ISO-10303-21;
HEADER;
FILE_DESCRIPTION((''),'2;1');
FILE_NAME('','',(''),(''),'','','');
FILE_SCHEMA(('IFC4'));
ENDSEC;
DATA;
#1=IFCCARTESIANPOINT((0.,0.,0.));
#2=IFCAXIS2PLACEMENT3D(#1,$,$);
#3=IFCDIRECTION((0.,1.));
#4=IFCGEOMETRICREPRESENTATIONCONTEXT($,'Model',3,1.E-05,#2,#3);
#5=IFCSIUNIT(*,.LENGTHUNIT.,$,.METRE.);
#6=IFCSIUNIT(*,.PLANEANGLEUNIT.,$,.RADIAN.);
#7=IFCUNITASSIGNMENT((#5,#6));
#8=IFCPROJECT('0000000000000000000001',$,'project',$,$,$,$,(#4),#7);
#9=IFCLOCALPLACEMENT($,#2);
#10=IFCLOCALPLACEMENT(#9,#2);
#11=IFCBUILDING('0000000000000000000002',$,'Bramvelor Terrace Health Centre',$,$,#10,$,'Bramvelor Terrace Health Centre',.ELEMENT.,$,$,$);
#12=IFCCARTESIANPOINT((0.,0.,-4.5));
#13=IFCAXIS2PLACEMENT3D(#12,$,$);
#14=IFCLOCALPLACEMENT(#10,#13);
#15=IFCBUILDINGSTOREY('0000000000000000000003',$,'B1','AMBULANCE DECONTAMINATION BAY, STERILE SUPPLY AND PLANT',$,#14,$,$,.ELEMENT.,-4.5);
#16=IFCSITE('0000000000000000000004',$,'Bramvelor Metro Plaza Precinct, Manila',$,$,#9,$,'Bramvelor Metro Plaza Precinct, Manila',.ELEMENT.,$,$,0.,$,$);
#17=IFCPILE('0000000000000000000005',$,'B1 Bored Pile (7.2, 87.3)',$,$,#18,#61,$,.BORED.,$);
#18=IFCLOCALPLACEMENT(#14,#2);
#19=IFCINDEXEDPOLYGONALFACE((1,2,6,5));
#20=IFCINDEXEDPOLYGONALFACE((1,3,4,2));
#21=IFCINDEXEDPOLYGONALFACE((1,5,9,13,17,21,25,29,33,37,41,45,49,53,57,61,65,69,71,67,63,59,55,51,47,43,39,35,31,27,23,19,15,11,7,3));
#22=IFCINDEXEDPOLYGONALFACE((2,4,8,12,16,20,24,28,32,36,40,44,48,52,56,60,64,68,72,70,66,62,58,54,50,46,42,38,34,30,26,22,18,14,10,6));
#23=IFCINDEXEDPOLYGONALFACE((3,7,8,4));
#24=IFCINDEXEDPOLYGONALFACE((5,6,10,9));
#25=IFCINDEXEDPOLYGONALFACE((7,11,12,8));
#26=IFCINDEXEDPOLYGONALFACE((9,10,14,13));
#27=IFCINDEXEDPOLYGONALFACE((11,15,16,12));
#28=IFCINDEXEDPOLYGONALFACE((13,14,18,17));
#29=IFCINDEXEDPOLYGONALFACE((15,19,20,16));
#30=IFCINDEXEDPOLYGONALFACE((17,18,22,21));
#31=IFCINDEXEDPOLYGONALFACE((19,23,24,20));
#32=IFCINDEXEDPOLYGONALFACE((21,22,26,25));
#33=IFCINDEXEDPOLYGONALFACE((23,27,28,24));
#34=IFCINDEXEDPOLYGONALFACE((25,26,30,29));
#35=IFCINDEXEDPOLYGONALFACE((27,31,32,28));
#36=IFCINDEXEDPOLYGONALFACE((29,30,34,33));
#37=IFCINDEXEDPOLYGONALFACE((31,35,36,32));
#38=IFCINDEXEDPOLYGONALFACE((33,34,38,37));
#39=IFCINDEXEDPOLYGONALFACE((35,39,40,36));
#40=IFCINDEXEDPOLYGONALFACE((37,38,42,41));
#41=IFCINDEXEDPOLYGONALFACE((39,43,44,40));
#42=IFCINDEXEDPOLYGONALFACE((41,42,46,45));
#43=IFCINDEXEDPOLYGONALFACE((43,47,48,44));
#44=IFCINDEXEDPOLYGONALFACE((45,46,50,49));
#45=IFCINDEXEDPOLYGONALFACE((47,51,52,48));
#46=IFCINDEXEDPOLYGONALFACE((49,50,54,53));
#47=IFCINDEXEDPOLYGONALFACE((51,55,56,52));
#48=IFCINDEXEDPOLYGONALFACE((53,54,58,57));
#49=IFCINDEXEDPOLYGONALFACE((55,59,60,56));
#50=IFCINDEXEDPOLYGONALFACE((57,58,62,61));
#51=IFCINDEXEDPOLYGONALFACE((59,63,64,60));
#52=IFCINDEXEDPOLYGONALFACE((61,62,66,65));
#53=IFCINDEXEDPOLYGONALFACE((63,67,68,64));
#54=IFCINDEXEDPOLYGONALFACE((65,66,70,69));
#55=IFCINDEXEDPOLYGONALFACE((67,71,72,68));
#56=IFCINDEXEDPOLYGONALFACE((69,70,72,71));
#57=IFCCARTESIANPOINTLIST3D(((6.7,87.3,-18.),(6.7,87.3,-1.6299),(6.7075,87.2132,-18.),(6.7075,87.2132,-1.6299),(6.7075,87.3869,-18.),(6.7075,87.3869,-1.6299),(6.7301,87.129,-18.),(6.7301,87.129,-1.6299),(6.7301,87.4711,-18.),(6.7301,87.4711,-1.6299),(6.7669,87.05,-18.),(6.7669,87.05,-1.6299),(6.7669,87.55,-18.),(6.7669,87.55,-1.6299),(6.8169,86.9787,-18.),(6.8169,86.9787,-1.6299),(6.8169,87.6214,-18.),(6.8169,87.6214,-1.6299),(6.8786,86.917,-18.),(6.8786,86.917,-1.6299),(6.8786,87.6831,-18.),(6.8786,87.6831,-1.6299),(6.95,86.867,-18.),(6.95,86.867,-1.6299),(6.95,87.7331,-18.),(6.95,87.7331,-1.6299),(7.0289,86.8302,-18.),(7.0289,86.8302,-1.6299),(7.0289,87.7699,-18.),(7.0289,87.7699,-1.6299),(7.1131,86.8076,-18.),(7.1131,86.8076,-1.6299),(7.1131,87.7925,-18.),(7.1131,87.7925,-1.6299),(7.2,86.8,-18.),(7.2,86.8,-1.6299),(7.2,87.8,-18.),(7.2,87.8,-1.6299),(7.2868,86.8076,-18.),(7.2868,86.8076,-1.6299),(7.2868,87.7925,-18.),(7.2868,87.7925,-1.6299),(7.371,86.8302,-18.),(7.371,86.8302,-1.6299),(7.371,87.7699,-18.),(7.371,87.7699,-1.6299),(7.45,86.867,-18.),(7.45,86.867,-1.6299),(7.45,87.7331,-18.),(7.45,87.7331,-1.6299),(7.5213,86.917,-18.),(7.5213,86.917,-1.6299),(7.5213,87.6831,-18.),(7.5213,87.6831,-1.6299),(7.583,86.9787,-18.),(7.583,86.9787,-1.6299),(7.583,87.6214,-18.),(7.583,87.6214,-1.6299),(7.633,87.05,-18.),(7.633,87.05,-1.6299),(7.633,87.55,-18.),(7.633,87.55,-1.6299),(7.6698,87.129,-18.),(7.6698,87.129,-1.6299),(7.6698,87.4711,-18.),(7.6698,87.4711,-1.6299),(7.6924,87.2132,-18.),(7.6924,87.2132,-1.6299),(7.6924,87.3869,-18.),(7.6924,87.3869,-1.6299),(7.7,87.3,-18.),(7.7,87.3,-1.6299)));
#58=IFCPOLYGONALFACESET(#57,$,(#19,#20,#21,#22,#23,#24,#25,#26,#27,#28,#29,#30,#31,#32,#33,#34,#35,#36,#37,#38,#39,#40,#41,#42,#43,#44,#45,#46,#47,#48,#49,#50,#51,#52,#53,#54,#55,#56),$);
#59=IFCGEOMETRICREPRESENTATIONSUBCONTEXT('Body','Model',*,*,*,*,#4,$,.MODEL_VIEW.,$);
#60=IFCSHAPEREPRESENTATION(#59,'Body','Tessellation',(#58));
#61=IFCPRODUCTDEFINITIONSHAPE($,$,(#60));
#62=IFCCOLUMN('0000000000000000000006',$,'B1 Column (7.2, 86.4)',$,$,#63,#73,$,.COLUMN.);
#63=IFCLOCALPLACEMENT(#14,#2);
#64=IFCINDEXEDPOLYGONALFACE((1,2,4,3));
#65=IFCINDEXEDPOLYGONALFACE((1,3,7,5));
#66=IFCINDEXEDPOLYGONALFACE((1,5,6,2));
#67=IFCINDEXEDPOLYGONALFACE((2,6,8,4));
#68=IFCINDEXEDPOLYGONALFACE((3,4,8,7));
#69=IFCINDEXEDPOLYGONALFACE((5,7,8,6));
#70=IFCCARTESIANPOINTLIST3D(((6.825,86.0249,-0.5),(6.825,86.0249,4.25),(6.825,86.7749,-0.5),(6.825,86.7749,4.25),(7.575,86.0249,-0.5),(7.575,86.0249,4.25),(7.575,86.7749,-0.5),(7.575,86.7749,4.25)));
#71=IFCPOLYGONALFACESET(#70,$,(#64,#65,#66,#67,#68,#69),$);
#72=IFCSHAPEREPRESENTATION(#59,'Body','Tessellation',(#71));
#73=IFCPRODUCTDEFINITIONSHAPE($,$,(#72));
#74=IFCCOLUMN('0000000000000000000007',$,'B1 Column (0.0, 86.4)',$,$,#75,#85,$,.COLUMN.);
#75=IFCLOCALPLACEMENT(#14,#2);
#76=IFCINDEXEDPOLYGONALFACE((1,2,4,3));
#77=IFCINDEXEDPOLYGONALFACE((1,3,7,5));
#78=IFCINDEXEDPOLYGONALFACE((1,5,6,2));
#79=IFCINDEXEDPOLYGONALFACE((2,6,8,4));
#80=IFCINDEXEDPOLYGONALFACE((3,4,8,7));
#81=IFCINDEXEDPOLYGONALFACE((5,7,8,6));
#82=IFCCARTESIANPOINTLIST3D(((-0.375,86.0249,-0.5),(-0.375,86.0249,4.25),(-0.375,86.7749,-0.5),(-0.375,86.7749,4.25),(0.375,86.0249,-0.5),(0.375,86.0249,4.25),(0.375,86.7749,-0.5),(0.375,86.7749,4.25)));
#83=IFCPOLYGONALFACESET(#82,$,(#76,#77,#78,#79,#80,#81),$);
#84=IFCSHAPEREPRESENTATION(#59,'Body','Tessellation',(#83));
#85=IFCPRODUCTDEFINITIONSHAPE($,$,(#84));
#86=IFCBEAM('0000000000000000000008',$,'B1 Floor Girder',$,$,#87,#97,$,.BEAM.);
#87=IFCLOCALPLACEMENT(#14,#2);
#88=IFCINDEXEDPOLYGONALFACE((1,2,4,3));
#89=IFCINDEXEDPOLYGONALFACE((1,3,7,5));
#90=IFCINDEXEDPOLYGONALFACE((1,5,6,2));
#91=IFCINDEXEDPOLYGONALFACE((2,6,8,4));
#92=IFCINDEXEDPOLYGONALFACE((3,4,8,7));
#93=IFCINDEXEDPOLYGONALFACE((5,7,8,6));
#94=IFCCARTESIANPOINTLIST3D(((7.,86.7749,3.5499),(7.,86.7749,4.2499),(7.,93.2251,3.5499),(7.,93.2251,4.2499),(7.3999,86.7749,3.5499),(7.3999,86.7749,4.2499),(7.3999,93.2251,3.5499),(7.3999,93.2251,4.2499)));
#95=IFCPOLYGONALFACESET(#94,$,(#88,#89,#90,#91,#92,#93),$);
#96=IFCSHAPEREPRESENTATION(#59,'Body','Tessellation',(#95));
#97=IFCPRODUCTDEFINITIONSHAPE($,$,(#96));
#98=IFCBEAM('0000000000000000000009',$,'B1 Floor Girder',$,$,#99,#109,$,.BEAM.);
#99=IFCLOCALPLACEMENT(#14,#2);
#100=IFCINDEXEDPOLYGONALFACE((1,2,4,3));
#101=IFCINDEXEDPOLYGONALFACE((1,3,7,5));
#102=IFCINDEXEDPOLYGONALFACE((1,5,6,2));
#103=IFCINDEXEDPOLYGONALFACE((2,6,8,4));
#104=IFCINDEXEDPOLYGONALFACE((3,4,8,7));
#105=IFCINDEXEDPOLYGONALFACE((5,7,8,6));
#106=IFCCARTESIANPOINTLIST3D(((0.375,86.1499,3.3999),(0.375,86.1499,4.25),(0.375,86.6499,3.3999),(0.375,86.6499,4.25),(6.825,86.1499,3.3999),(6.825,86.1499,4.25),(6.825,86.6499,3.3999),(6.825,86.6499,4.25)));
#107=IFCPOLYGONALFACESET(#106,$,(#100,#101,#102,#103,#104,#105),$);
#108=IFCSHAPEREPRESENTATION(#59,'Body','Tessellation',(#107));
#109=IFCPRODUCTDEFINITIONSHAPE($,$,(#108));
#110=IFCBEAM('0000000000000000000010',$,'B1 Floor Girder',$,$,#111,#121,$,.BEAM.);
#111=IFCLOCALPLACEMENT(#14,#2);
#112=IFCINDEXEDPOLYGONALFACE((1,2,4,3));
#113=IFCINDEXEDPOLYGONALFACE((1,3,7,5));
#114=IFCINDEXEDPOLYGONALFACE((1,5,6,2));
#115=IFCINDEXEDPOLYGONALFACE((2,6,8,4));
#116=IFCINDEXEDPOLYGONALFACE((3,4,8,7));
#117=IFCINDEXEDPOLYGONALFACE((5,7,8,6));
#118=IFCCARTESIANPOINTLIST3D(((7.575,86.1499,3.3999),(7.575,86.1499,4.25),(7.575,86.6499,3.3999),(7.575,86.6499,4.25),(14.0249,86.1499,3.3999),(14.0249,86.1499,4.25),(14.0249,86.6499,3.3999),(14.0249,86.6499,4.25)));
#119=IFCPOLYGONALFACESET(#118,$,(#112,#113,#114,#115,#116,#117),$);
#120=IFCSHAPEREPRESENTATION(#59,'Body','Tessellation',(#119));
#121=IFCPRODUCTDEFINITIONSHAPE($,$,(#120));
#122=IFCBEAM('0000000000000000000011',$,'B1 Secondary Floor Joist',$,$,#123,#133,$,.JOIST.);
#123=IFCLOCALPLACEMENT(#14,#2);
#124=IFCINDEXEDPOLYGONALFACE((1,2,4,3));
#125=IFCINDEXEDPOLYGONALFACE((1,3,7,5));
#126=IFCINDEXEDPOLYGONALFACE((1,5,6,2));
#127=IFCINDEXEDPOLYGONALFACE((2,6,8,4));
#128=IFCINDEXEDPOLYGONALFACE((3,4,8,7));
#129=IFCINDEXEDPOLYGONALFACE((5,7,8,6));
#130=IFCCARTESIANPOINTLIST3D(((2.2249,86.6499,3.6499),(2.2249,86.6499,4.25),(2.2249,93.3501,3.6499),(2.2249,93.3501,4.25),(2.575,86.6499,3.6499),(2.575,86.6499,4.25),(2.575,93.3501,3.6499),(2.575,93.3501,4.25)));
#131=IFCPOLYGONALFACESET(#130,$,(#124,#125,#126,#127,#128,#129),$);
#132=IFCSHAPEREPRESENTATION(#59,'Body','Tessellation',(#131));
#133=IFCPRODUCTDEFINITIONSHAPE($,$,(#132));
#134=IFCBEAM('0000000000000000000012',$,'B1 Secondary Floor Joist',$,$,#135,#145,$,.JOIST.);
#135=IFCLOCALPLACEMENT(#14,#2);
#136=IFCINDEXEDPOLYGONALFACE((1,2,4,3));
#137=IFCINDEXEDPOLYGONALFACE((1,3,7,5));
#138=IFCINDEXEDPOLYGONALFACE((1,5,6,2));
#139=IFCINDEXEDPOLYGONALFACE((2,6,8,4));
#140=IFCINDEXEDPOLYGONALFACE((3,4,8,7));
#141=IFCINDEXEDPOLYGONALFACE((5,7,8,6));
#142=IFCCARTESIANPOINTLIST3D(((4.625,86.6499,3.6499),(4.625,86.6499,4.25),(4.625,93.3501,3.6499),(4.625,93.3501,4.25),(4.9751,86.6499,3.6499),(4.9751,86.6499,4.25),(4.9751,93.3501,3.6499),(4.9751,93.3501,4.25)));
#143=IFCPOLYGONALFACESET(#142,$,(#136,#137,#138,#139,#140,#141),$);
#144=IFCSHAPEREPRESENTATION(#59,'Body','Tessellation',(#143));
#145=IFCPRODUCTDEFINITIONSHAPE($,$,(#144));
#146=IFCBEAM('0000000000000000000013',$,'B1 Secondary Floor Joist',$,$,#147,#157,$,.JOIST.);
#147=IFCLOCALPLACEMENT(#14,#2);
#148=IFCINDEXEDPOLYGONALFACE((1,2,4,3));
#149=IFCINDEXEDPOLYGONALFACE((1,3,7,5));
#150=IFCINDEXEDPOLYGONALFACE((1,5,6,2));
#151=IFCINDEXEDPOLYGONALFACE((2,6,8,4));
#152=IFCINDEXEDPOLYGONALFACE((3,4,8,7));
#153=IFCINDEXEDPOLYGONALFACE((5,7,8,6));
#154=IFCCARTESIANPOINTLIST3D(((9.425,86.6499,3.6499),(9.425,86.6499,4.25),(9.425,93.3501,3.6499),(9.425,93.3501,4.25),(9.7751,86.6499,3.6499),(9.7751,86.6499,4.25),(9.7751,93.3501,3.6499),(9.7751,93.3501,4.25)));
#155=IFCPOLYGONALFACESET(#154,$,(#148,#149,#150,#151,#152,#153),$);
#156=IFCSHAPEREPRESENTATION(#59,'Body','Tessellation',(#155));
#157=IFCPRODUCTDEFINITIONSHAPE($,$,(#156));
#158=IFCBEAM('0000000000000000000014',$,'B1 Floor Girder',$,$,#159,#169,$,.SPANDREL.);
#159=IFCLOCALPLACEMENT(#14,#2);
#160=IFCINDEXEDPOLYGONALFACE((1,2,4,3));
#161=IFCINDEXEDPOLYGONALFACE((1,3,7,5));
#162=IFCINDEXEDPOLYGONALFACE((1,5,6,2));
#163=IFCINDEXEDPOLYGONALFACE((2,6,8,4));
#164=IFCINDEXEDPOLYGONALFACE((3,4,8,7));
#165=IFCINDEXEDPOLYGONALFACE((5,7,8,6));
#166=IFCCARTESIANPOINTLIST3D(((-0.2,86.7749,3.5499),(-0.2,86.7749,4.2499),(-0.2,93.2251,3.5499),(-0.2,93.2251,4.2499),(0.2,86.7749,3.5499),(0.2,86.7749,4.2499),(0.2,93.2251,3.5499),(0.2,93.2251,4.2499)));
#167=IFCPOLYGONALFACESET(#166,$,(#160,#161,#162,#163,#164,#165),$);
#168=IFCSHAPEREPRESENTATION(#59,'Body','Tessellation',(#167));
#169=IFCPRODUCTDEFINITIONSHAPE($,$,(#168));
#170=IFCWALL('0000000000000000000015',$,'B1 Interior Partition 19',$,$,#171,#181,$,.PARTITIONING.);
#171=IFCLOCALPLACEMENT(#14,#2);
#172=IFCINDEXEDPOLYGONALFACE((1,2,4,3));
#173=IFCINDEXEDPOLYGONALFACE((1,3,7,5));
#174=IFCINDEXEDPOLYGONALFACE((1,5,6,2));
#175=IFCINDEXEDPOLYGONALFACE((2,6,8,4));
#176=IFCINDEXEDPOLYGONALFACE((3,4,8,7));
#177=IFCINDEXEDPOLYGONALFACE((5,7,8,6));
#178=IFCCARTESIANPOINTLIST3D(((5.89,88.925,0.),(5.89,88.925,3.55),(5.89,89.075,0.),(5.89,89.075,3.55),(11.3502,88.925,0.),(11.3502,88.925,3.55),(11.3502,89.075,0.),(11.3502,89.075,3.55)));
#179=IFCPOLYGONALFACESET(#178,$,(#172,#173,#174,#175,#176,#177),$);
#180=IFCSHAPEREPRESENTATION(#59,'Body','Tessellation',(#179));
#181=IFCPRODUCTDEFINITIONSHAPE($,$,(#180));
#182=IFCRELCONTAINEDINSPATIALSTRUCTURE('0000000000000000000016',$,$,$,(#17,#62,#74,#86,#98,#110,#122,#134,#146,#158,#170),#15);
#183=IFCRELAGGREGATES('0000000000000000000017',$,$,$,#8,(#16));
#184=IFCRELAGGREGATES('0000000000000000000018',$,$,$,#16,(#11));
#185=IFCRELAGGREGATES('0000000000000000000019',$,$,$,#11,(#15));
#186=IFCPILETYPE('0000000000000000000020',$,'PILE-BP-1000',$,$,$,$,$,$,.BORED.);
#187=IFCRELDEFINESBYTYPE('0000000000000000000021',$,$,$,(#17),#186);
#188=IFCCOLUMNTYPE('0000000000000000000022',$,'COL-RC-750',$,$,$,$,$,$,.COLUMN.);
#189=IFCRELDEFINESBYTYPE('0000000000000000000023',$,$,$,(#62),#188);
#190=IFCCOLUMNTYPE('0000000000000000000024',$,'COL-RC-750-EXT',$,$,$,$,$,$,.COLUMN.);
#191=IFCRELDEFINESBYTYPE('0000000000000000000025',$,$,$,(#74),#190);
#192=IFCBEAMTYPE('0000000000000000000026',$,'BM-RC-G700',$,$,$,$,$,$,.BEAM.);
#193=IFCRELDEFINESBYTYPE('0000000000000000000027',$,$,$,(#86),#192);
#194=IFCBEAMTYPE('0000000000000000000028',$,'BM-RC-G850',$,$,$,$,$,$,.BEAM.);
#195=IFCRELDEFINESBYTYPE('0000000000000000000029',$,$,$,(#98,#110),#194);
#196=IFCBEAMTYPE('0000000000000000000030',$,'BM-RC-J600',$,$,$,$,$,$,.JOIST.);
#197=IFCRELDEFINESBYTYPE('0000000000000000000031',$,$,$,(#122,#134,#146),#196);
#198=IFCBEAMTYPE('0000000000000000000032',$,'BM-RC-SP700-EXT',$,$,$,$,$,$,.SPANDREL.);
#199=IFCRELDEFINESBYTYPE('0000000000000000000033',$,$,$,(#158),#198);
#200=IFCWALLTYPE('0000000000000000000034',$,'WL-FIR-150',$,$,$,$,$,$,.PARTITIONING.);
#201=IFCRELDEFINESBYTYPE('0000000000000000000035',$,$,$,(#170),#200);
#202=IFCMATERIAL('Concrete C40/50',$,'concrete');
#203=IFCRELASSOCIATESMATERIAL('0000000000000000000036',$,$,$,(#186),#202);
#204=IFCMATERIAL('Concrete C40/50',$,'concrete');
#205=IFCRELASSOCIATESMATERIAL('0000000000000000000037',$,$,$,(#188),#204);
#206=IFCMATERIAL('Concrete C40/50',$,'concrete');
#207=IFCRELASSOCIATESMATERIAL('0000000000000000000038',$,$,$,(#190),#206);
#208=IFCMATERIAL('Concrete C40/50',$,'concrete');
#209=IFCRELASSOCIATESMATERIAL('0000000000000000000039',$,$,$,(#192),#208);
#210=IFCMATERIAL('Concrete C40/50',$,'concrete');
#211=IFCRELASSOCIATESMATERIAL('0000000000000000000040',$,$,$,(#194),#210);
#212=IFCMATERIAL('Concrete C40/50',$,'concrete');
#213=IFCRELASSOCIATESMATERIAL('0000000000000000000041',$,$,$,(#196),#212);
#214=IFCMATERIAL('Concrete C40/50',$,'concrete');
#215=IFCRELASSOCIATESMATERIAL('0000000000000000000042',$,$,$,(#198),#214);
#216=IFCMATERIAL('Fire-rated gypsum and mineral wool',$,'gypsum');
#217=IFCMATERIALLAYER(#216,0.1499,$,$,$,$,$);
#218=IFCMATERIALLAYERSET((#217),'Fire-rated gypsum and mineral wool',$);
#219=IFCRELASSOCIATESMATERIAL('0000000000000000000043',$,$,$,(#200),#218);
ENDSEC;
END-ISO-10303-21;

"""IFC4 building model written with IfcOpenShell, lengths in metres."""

from ifc_helpers import new_model, si_unit, direction, frame, frame_2d, origin, origin_2d, place, context, subcontext, project, spatial, rectangle, circle, extrude, material, layer, layer_set, material_profile, profile_set, type_object, element, save


model = new_model("IFC4")

# Units and contexts
model_context = context("Model", 3, precision=1e-05, world=origin(), true_north=direction((0.0, 1.0)))
body_context = subcontext(model_context, "Body", "Model", "MODEL_VIEW")
ifc_project = project(units=[si_unit("LENGTHUNIT", "METRE"), si_unit("PLANEANGLEUNIT", "RADIAN")], contexts=[model_context])

# Site, building, storey
site_placement = place(None, origin())
site = spatial("IfcSite", under=ifc_project, at=site_placement, Name="Bramvelor Metro Plaza Precinct, Manila", LongName="Bramvelor Metro Plaza Precinct, Manila", CompositionType="ELEMENT", RefElevation=0.0)
building_placement = place(site_placement, origin())
building = spatial("IfcBuilding", under=site, at=building_placement, Name="Bramvelor Terrace Health Centre", LongName="Bramvelor Terrace Health Centre", CompositionType="ELEMENT")
storey_placement = place(building_placement, frame((0.0, 0.0, -4.5)))
storey = spatial("IfcBuildingStorey", under=building, at=storey_placement, Name="B1", Description="AMBULANCE DECONTAMINATION BAY, STERILE SUPPLY AND PLANT", CompositionType="ELEMENT", Elevation=-4.5)

# Pile
ifc_material_1 = material(Name="Concrete C40/50", Category="concrete")
ifc_material_profile_1 = material_profile(ifc_material_1, circle(Radius=0.5, at=origin_2d()), Name="BP D1000")
ifc_profile_set_1 = profile_set([ifc_material_profile_1], Name="Concrete C40/50")
pile_type = type_object("IfcPileType", Name="PILE-BP-1000", PredefinedType="BORED", material=ifc_profile_set_1)
for number, where, z_axis, x_axis, name in (
    (1, (7.2, 87.3, -1.6299), (0.0, 0.0, -1.0), (1.0, 0.0, 0.0), "B1 Bored Pile (7.2, 87.3)"),
):
    element("IfcPile", number, at=place(storey_placement, frame(where, z_axis=z_axis, x_axis=x_axis)), inside=storey, type_object=pile_type, Name=name, PredefinedType="BORED", context=body_context, shape_type="SweptSolid", body=[
        extrude(circle(Radius=0.5, at=origin_2d()), origin(), (0.0, 0.0, 1.0), 16.3701),
    ])

# Columns
ifc_material_2 = material(Name="Concrete C40/50", Category="concrete")
ifc_material_profile_2 = material_profile(ifc_material_2, rectangle(XDim=0.75, YDim=0.75, at=origin_2d()), Name="RC 750x750")
ifc_profile_set_2 = profile_set([ifc_material_profile_2], Name="Concrete C40/50")
column_type_1 = type_object("IfcColumnType", Name="COL-RC-750", PredefinedType="COLUMN", material=ifc_profile_set_2)
column_1_placement = place(storey_placement, frame((7.2, 86.3999, -0.5), z_axis=(0.0, 0.0, 1.0), x_axis=(1.0, 0.0, 0.0)))
element("IfcColumn", 2, at=column_1_placement, inside=storey, type_object=column_type_1, Name="B1 Column (7.2, 86.4)", PredefinedType="COLUMN", context=body_context, shape_type="SweptSolid", body=[
    extrude(rectangle(XDim=0.75, YDim=0.75, at=origin_2d()), origin(), (0.0, 0.0, 1.0), 4.75),
])
ifc_material_3 = material(Name="Concrete C40/50", Category="concrete")
ifc_material_profile_3 = material_profile(ifc_material_3, rectangle(XDim=0.75, YDim=0.75, at=origin_2d()), Name="RC 750x750")
ifc_profile_set_3 = profile_set([ifc_material_profile_3], Name="Concrete C40/50")
column_type_2 = type_object("IfcColumnType", Name="COL-RC-750-EXT", PredefinedType="COLUMN", material=ifc_profile_set_3)
column_2_placement = place(storey_placement, frame((0.0, 86.3999, -0.5), z_axis=(0.0, 0.0, 1.0), x_axis=(1.0, 0.0, 0.0)))
element("IfcColumn", 3, at=column_2_placement, inside=storey, type_object=column_type_2, Name="B1 Column (0.0, 86.4)", PredefinedType="COLUMN", context=body_context, shape_type="SweptSolid", body=[
    extrude(rectangle(XDim=0.75, YDim=0.75, at=origin_2d()), origin(), (0.0, 0.0, 1.0), 4.75),
])

# Beams
ifc_material_4 = material(Name="Concrete C40/50", Category="concrete")
ifc_material_profile_4 = material_profile(ifc_material_4, rectangle(XDim=0.3999, YDim=0.7, at=origin_2d()), Name="RC 400x700")
ifc_profile_set_4 = profile_set([ifc_material_profile_4], Name="Concrete C40/50")
beam_type_1 = type_object("IfcBeamType", Name="BM-RC-G700", PredefinedType="BEAM", material=ifc_profile_set_4)
beam_1_placement = place(storey_placement, frame((7.2, 86.7749, 3.8999), z_axis=(0.0, 1.0, 0.0), x_axis=(-1.0, 0.0, 0.0)))
element("IfcBeam", 4, at=beam_1_placement, inside=storey, type_object=beam_type_1, Name="B1 Floor Girder", PredefinedType="BEAM", context=body_context, shape_type="SweptSolid", body=[
    extrude(rectangle(XDim=0.3999, YDim=0.7, at=origin_2d()), origin(), (0.0, 0.0, 1.0), 6.4502),
])
ifc_material_5 = material(Name="Concrete C40/50", Category="concrete")
ifc_material_profile_5 = material_profile(ifc_material_5, rectangle(XDim=0.5, YDim=0.8501, at=origin_2d()), Name="RC 500x850")
ifc_profile_set_5 = profile_set([ifc_material_profile_5], Name="Concrete C40/50")
beam_type_2 = type_object("IfcBeamType", Name="BM-RC-G850", PredefinedType="BEAM", material=ifc_profile_set_5)
for number, where, z_axis, x_axis, name in (
    (5, (0.375, 86.3999, 3.825), (1.0, 0.0, 0.0), (0.0, 1.0, 0.0), "B1 Floor Girder"),
    (6, (7.575, 86.3999, 3.825), (1.0, 0.0, 0.0), (0.0, 1.0, 0.0), "B1 Floor Girder"),
):
    element("IfcBeam", number, at=place(storey_placement, frame(where, z_axis=z_axis, x_axis=x_axis)), inside=storey, type_object=beam_type_2, Name=name, PredefinedType="BEAM", context=body_context, shape_type="SweptSolid", body=[
        extrude(rectangle(XDim=0.5, YDim=0.8501, at=origin_2d()), origin(), (0.0, 0.0, 1.0), 6.45),
    ])
ifc_material_6 = material(Name="Concrete C40/50", Category="concrete")
ifc_material_profile_6 = material_profile(ifc_material_6, rectangle(XDim=0.3501, YDim=0.6001, at=origin_2d()), Name="RC 350x600")
ifc_profile_set_6 = profile_set([ifc_material_profile_6], Name="Concrete C40/50")
beam_type_3 = type_object("IfcBeamType", Name="BM-RC-J600", PredefinedType="JOIST", material=ifc_profile_set_6)
for number, where, z_axis, x_axis, name in (
    (7, (2.3999, 86.6499, 3.95), (0.0, 1.0, 0.0), (-1.0, 0.0, 0.0), "B1 Secondary Floor Joist"),
    (8, (4.8, 86.6499, 3.95), (0.0, 1.0, 0.0), (-1.0, 0.0, 0.0), "B1 Secondary Floor Joist"),
    (9, (9.6001, 86.6499, 3.95), (0.0, 1.0, 0.0), (-1.0, 0.0, 0.0), "B1 Secondary Floor Joist"),
):
    element("IfcBeam", number, at=place(storey_placement, frame(where, z_axis=z_axis, x_axis=x_axis)), inside=storey, type_object=beam_type_3, Name=name, PredefinedType="JOIST", context=body_context, shape_type="SweptSolid", body=[
        extrude(rectangle(XDim=0.3501, YDim=0.6001, at=origin_2d()), origin(), (0.0, 0.0, 1.0), 6.7002),
    ])
ifc_material_7 = material(Name="Concrete C40/50", Category="concrete")
ifc_material_profile_7 = material_profile(ifc_material_7, rectangle(XDim=0.3999, YDim=0.7, at=origin_2d()), Name="RC 400x700")
ifc_profile_set_7 = profile_set([ifc_material_profile_7], Name="Concrete C40/50")
beam_type_4 = type_object("IfcBeamType", Name="BM-RC-SP700-EXT", PredefinedType="SPANDREL", material=ifc_profile_set_7)
beam_2_placement = place(storey_placement, frame((0.0, 86.7749, 3.8999), z_axis=(0.0, 1.0, 0.0), x_axis=(-1.0, 0.0, 0.0)))
element("IfcBeam", 10, at=beam_2_placement, inside=storey, type_object=beam_type_4, Name="B1 Floor Girder", PredefinedType="SPANDREL", context=body_context, shape_type="SweptSolid", body=[
    extrude(rectangle(XDim=0.3999, YDim=0.7, at=origin_2d()), origin(), (0.0, 0.0, 1.0), 6.4502),
])

# Wall
ifc_material_8 = material(Name="Fire-rated gypsum and mineral wool", Category="gypsum")
ifc_layer_1 = layer(ifc_material_8, 0.1499)
ifc_layer_set_1 = layer_set([ifc_layer_1], Name="Fire-rated gypsum and mineral wool")
wall_type_1 = type_object("IfcWallType", Name="WL-FIR-150", PredefinedType="PARTITIONING", material=ifc_layer_set_1)
wall_1_placement = place(storey_placement, frame((11.3501, 89.0, 0.0), z_axis=(0.0, 0.0, 1.0), x_axis=(-1.0, 0.0, 0.0)))
element("IfcWall", 11, at=wall_1_placement, inside=storey, type_object=wall_type_1, Name="B1 Interior Partition 19", PredefinedType="PARTITIONING", context=body_context, shape_type="SweptSolid", body=[
    extrude(rectangle(XDim=5.4602, YDim=0.1499, at=frame_2d((2.73, 0.0))), origin(), (0.0, 0.0, 1.0), 3.55),
])

save(model, "model.ifc")
